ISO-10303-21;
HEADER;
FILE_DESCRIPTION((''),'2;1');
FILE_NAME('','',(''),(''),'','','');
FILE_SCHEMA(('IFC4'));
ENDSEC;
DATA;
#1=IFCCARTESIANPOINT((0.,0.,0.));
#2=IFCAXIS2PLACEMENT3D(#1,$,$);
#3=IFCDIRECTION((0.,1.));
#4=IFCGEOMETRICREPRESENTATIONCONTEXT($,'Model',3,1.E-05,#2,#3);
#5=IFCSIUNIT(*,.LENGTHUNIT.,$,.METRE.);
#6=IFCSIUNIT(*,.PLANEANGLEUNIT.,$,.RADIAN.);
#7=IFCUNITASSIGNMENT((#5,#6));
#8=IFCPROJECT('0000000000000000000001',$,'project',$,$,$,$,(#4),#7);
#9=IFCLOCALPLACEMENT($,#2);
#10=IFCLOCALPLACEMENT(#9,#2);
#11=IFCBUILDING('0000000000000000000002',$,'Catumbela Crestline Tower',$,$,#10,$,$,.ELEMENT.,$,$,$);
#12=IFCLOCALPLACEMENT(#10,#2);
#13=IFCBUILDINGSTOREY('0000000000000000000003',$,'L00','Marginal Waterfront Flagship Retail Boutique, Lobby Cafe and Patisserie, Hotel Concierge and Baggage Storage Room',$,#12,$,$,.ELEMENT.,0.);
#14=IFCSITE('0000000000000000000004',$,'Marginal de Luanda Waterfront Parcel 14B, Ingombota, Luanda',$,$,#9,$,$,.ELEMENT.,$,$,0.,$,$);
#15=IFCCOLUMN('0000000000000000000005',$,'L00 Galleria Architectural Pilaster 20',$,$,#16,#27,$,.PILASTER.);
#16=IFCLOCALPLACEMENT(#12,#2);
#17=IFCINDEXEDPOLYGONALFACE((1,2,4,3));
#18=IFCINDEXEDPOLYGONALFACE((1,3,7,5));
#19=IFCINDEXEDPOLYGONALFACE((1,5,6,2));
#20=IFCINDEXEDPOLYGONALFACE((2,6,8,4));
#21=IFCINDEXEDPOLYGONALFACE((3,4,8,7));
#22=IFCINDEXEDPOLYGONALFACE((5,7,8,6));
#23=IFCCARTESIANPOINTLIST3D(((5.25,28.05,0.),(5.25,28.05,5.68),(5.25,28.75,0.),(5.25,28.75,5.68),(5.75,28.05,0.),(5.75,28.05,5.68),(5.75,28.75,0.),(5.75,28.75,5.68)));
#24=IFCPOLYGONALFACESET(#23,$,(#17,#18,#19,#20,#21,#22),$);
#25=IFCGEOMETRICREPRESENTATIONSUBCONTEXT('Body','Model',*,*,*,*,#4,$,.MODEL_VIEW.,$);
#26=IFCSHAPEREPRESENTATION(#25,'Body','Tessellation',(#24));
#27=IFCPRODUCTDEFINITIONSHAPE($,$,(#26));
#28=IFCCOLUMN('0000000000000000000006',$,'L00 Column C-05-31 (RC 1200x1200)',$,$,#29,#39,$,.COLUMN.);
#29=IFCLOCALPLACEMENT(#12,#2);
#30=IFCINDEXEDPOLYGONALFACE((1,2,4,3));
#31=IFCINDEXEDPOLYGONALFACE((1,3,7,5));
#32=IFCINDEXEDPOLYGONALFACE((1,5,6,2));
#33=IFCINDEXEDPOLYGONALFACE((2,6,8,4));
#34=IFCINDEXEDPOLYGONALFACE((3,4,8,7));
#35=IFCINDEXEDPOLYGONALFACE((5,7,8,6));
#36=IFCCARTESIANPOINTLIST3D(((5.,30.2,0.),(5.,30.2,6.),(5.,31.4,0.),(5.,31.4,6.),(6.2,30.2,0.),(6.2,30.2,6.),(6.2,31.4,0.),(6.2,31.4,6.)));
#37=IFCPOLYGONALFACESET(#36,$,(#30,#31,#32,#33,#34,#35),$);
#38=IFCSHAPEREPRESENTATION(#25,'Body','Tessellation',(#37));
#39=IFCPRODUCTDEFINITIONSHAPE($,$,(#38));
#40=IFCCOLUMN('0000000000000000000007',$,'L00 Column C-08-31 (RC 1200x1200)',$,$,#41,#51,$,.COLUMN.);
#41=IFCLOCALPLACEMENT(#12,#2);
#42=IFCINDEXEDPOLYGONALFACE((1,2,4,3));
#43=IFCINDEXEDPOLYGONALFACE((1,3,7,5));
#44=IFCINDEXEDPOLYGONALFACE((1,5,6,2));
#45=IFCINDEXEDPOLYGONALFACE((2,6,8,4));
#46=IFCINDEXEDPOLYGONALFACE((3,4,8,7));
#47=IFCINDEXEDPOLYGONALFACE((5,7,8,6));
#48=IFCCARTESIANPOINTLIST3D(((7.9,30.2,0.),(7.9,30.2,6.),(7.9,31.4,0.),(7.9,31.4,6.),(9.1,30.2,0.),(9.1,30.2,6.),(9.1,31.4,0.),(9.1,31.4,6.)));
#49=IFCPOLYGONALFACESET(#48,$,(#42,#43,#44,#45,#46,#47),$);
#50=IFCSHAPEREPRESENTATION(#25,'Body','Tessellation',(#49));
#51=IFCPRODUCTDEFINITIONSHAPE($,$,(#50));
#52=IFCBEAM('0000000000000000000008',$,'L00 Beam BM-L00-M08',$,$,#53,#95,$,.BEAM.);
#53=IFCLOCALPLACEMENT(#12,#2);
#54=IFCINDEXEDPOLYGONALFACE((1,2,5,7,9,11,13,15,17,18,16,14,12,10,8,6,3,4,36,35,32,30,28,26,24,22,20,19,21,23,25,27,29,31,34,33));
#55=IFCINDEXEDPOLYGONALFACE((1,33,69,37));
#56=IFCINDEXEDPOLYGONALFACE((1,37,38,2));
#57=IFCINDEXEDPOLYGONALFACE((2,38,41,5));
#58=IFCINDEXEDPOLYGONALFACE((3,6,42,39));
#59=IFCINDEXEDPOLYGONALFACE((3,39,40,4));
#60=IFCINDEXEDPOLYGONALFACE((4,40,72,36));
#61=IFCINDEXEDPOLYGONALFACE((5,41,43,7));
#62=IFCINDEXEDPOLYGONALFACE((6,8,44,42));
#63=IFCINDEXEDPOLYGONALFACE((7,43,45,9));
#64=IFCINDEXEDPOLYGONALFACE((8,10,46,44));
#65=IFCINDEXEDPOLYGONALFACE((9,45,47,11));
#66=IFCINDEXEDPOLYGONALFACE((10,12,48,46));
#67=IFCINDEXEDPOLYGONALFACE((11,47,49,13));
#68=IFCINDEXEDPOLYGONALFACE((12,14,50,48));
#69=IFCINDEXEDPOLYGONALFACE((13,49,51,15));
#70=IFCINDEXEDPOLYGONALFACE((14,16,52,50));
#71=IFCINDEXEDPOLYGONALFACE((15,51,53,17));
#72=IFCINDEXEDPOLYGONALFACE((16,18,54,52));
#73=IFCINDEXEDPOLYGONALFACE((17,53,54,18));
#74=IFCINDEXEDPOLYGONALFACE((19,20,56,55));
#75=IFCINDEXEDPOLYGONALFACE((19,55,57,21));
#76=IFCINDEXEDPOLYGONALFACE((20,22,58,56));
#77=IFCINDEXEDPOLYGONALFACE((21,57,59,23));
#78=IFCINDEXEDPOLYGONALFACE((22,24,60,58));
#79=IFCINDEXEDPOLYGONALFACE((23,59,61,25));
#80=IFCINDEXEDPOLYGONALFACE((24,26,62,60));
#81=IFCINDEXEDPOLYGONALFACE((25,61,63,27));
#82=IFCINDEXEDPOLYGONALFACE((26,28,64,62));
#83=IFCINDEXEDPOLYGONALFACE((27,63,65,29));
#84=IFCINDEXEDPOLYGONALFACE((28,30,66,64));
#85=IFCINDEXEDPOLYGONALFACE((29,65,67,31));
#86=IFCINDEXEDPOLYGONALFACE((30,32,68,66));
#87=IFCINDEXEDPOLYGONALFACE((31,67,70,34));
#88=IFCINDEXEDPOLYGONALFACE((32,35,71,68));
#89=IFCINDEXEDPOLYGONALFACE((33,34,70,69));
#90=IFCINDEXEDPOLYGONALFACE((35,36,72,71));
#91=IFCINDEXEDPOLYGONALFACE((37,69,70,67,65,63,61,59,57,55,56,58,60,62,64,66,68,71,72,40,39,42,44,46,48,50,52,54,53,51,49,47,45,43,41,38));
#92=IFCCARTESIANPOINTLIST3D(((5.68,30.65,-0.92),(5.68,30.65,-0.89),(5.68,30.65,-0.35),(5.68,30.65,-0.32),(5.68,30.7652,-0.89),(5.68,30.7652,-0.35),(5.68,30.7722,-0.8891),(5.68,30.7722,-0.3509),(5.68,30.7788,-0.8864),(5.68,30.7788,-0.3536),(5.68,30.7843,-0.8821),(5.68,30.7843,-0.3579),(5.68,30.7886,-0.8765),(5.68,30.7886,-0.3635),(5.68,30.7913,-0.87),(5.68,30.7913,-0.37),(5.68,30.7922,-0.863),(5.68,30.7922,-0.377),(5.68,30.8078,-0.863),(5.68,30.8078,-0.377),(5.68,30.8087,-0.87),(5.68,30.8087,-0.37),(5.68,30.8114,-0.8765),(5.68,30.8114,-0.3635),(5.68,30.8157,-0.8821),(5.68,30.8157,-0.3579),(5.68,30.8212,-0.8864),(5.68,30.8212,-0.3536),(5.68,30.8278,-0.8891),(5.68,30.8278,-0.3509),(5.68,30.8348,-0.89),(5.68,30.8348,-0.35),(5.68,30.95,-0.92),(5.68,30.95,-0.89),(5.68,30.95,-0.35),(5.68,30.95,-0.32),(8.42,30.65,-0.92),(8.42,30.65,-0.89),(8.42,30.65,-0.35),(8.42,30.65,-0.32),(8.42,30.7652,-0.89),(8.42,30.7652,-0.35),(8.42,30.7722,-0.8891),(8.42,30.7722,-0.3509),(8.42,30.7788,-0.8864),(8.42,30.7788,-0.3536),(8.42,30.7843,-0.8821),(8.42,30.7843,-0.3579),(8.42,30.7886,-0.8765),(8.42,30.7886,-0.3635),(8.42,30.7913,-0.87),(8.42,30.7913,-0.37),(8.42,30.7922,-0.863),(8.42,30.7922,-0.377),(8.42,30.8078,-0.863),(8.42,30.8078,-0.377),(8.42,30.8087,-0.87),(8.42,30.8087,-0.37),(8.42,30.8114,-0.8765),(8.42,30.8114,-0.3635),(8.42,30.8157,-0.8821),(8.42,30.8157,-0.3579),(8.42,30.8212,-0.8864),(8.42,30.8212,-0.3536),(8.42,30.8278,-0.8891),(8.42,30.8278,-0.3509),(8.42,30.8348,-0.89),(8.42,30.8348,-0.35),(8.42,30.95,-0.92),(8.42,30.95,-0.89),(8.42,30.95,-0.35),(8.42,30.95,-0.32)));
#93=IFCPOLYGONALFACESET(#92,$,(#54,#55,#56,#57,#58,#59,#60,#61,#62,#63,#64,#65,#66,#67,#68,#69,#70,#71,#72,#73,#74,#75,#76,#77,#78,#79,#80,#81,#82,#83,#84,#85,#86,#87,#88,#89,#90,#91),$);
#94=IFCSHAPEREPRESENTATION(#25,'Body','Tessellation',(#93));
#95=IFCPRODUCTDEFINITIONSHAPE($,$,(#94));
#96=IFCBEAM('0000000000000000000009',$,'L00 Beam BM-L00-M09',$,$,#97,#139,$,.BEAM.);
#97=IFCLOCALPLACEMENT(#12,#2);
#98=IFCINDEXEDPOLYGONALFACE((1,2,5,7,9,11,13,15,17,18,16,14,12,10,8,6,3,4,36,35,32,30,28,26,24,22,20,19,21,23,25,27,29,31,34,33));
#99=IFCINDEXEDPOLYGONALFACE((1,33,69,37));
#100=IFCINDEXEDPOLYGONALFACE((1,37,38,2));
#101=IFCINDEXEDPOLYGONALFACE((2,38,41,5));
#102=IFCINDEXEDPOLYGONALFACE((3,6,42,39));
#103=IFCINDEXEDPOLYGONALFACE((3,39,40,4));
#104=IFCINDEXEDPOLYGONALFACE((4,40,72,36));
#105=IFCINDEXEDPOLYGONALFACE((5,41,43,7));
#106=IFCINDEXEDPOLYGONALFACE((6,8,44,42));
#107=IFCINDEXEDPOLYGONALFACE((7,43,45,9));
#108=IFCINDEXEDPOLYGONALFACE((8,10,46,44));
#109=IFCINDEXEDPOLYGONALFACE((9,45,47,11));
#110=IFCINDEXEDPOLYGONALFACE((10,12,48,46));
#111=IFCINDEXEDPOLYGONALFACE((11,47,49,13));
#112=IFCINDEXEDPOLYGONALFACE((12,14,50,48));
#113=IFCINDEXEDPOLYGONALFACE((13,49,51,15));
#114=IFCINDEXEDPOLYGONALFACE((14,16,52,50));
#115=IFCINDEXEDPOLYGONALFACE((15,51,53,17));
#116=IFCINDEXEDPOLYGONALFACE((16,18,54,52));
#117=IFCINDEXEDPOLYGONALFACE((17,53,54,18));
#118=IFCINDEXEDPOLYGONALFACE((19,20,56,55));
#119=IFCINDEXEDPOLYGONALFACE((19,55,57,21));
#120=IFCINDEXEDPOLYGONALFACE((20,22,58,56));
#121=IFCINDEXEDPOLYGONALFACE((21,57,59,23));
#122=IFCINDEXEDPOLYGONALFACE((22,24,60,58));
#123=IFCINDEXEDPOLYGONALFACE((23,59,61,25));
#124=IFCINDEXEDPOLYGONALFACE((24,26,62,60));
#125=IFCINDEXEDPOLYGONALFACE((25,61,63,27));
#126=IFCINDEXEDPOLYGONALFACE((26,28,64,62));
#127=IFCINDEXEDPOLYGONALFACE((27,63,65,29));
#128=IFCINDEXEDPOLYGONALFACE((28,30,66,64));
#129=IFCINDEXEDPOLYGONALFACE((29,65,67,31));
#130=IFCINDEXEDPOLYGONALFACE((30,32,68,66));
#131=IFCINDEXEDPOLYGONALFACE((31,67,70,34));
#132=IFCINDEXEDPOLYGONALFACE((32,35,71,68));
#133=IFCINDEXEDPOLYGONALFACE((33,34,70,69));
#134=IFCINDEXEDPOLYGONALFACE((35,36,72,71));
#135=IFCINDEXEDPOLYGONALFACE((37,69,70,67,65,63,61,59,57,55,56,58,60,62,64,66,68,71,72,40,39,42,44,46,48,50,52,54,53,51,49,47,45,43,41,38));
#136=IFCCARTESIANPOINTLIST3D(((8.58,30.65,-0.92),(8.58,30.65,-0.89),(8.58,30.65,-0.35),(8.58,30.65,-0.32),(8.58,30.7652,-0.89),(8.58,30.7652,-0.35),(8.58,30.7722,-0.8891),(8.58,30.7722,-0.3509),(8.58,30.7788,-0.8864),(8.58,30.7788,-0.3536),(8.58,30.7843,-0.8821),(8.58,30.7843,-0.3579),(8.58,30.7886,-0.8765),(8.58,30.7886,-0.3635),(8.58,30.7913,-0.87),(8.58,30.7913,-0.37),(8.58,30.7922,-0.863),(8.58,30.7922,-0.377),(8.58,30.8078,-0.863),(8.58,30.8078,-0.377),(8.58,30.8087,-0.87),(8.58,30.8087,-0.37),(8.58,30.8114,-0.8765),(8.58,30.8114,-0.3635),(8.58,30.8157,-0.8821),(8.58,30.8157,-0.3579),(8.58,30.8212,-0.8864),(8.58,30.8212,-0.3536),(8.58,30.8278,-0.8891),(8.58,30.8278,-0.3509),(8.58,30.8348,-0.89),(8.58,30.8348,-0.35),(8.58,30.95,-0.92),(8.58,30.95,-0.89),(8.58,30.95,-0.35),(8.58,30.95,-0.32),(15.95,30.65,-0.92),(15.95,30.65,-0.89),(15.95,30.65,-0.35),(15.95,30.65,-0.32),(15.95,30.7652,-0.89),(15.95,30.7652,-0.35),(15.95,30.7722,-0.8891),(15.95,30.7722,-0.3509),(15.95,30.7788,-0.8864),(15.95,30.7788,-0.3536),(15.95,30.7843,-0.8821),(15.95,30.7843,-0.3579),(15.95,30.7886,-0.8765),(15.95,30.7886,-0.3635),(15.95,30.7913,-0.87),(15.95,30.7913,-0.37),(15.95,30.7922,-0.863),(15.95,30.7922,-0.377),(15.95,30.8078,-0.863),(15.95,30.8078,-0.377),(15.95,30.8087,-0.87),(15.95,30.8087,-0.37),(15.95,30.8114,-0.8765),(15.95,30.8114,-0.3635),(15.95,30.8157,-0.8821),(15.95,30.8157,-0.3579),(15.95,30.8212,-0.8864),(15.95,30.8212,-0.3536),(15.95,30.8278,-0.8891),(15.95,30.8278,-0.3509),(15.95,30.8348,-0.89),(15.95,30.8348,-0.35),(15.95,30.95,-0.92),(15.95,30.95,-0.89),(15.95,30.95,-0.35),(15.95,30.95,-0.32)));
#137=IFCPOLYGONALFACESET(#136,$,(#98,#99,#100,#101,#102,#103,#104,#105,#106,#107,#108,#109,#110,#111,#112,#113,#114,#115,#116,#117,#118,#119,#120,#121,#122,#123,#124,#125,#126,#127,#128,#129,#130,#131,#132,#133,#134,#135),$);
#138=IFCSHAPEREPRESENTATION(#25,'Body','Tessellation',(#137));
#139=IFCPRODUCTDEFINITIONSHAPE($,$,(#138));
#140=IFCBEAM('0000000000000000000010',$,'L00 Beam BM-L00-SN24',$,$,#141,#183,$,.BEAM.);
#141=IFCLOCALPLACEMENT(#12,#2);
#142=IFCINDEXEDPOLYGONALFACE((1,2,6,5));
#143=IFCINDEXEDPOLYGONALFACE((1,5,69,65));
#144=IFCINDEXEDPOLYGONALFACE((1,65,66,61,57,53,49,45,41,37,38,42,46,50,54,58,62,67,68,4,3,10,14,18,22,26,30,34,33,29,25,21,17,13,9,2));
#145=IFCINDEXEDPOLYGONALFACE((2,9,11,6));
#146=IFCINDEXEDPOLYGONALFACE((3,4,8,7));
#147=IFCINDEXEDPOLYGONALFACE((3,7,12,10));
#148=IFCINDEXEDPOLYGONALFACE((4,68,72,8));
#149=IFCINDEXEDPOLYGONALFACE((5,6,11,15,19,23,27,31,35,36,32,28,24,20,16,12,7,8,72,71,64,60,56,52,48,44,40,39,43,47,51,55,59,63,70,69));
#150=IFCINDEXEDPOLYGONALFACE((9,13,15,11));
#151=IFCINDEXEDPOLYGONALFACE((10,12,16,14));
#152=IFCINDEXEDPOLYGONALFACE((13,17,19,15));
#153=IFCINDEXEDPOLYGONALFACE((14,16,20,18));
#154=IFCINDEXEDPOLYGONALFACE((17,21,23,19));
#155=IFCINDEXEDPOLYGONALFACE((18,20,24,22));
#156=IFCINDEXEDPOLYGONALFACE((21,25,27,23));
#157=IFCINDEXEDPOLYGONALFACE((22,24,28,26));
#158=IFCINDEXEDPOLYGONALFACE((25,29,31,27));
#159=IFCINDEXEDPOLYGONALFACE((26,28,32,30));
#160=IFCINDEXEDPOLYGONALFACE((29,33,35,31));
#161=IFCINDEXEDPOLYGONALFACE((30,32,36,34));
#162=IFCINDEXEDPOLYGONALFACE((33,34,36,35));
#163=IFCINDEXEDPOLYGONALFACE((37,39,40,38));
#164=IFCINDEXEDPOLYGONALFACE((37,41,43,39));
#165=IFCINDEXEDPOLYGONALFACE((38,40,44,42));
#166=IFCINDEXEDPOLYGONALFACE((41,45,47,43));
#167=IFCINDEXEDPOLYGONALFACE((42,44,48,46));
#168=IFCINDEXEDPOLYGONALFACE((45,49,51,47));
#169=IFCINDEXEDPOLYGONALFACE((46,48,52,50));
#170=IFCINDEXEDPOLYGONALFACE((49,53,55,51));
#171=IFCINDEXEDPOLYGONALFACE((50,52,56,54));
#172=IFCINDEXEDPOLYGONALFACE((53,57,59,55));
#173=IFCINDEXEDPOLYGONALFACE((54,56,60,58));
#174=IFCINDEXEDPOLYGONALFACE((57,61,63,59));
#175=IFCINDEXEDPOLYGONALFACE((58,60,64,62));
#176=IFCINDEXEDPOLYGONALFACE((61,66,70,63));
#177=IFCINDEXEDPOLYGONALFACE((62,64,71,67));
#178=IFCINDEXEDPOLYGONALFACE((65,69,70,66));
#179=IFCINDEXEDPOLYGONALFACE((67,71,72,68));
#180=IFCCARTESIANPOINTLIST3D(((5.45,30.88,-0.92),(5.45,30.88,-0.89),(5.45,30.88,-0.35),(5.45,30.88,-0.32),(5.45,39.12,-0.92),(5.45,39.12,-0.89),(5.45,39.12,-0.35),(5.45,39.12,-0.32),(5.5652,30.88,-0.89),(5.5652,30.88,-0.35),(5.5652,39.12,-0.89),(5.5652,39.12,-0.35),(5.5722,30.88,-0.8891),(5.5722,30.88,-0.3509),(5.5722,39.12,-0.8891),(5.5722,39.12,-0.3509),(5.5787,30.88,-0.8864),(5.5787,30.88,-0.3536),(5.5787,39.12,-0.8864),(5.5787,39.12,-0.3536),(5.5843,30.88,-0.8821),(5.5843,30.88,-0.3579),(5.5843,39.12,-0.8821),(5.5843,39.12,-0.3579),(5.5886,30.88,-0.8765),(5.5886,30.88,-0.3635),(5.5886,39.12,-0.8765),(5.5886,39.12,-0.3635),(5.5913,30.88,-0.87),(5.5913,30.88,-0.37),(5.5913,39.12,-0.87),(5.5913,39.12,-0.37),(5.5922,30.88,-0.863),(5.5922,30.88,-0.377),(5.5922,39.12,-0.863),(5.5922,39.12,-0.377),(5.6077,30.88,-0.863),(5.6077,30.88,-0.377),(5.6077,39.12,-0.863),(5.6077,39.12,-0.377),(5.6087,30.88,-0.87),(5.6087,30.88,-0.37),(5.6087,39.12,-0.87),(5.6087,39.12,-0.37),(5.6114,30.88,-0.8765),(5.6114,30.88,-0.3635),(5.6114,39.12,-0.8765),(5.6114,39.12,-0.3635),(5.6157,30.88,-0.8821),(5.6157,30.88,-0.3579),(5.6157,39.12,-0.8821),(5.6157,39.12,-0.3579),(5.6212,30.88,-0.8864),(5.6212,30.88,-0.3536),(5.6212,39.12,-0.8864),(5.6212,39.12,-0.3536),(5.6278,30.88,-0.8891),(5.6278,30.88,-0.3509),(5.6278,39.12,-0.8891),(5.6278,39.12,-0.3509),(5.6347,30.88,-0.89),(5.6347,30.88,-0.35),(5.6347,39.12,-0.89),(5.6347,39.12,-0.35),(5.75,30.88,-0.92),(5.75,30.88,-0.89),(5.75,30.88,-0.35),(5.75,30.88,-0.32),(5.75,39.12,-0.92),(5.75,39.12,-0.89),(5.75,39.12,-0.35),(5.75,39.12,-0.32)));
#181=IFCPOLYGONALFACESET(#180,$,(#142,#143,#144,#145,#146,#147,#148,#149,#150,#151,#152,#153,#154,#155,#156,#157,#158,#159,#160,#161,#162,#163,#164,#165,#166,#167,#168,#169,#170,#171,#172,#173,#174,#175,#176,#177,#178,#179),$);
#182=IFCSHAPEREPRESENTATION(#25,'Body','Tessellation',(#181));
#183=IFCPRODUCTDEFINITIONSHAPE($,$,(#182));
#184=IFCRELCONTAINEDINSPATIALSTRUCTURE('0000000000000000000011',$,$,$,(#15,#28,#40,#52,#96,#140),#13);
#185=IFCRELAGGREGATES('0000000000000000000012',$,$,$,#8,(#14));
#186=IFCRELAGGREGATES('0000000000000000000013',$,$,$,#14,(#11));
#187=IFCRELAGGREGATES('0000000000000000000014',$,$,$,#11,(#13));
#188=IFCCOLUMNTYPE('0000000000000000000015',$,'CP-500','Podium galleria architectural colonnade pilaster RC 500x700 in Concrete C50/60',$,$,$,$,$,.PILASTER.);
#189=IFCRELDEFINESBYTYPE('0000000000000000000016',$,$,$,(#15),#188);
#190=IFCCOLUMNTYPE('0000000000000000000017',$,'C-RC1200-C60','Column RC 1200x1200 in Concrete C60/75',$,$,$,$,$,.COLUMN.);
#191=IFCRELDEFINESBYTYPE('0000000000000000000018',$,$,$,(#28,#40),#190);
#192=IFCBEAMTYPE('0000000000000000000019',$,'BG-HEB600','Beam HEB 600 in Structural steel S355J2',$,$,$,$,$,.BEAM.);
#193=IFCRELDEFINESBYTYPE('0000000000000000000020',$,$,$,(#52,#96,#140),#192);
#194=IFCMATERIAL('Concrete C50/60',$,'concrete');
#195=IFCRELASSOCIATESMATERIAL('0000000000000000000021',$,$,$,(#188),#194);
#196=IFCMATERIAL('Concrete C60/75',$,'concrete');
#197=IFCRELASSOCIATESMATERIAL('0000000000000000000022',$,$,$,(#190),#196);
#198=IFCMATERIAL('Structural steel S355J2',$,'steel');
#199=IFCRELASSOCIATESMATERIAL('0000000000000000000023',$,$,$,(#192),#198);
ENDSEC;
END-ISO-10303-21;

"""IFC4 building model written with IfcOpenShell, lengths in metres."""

from ifc_helpers import new_model, si_unit, direction, frame, origin, origin_2d, place, context, subcontext, project, spatial, rectangle, i_section, extrude, material, material_profile, profile_set, type_object, element, save


model = new_model("IFC4")

# Units and contexts
model_context = context("Model", 3, precision=1e-05, world=origin(), true_north=direction((0.0, 1.0)))
body_context = subcontext(model_context, "Body", "Model", "MODEL_VIEW")
ifc_project = project(units=[si_unit("LENGTHUNIT", "METRE"), si_unit("PLANEANGLEUNIT", "RADIAN")], contexts=[model_context])

# Site, building, storey
site_placement = place(None, origin())
site = spatial("IfcSite", under=ifc_project, at=site_placement, Name="Marginal de Luanda Waterfront Parcel 14B, Ingombota, Luanda", CompositionType="ELEMENT", RefElevation=0.0)
building_placement = place(site_placement, origin())
building = spatial("IfcBuilding", under=site, at=building_placement, Name="Catumbela Crestline Tower", CompositionType="ELEMENT")
storey_placement = place(building_placement, origin())
storey = spatial("IfcBuildingStorey", under=building, at=storey_placement, Name="L00", Description="Marginal Waterfront Flagship Retail Boutique, Lobby Cafe and Patisserie, Hotel Concierge and Baggage Storage Room", CompositionType="ELEMENT", Elevation=0.0)

# Columns
ifc_material_1 = material(Name="Concrete C50/60", Category="concrete")
ifc_material_profile_1 = material_profile(ifc_material_1, rectangle(XDim=0.5, YDim=0.7, at=origin_2d()), Name="RC 500x700")
ifc_profile_set_1 = profile_set([ifc_material_profile_1], Name="Concrete C50/60")
column_type_1 = type_object("IfcColumnType", Name="CP-500", Description="Podium galleria architectural colonnade pilaster RC 500x700 in Concrete C50/60", PredefinedType="PILASTER", material=ifc_profile_set_1)
column_placement = place(storey_placement, frame((5.5, 28.4, 0.0), z_axis=(0.0, 0.0, 1.0), x_axis=(1.0, 0.0, 0.0)))
element("IfcColumn", 1, at=column_placement, inside=storey, type_object=column_type_1, Name="L00 Galleria Architectural Pilaster 20", PredefinedType="PILASTER", context=body_context, shape_type="SweptSolid", body=[
    extrude(rectangle(XDim=0.5, YDim=0.7, at=origin_2d()), origin(), (0.0, 0.0, 1.0), 5.68),
])
ifc_material_2 = material(Name="Concrete C60/75", Category="concrete")
ifc_material_profile_2 = material_profile(ifc_material_2, rectangle(XDim=1.2, YDim=1.2, at=origin_2d()), Name="RC 1200x1200")
ifc_profile_set_2 = profile_set([ifc_material_profile_2], Name="Concrete C60/75")
column_type_2 = type_object("IfcColumnType", Name="C-RC1200-C60", Description="Column RC 1200x1200 in Concrete C60/75", PredefinedType="COLUMN", material=ifc_profile_set_2)
for number, where, z_axis, x_axis, name in (
    (2, (5.6, 30.8, 0.0), (0.0, 0.0, 1.0), (1.0, 0.0, 0.0), "L00 Column C-05-31 (RC 1200x1200)"),
    (3, (8.5, 30.8, 0.0), (0.0, 0.0, 1.0), (1.0, 0.0, 0.0), "L00 Column C-08-31 (RC 1200x1200)"),
):
    element("IfcColumn", number, at=place(storey_placement, frame(where, z_axis=z_axis, x_axis=x_axis)), inside=storey, type_object=column_type_2, Name=name, PredefinedType="COLUMN", context=body_context, shape_type="SweptSolid", body=[
        extrude(rectangle(XDim=1.2, YDim=1.2, at=origin_2d()), origin(), (0.0, 0.0, 1.0), 6.0),
    ])

# Beams
ifc_material_3 = material(Name="Structural steel S355J2", Category="steel")
ifc_material_profile_3 = material_profile(ifc_material_3, i_section(OverallWidth=0.3, OverallDepth=0.6, WebThickness=0.0155, FlangeThickness=0.03, FilletRadius=0.027, at=origin_2d()), Name="HEB 600")
ifc_profile_set_3 = profile_set([ifc_material_profile_3], Name="Structural steel S355J2")
beam_type = type_object("IfcBeamType", Name="BG-HEB600", Description="Beam HEB 600 in Structural steel S355J2", PredefinedType="BEAM", material=ifc_profile_set_3)
beam_1_placement = place(storey_placement, frame((5.68, 30.8, -0.62), z_axis=(1.0, 0.0, 0.0), x_axis=(0.0, 1.0, 0.0)))
element("IfcBeam", 4, at=beam_1_placement, inside=storey, type_object=beam_type, Name="L00 Beam BM-L00-M08", PredefinedType="BEAM", context=body_context, shape_type="SweptSolid", body=[
    extrude(i_section(OverallWidth=0.3, OverallDepth=0.6, WebThickness=0.0155, FlangeThickness=0.03, FilletRadius=0.027, at=origin_2d()), origin(), (0.0, 0.0, 1.0), 2.74),
])
beam_2_placement = place(storey_placement, frame((8.58, 30.8, -0.62), z_axis=(1.0, 0.0, 0.0), x_axis=(0.0, 1.0, 0.0)))
element("IfcBeam", 5, at=beam_2_placement, inside=storey, type_object=beam_type, Name="L00 Beam BM-L00-M09", PredefinedType="BEAM", context=body_context, shape_type="SweptSolid", body=[
    extrude(i_section(OverallWidth=0.3, OverallDepth=0.6, WebThickness=0.0155, FlangeThickness=0.03, FilletRadius=0.027, at=origin_2d()), origin(), (0.0, 0.0, 1.0), 7.37),
])
beam_3_placement = place(storey_placement, frame((5.6, 30.88, -0.62), z_axis=(0.0, 1.0, 0.0), x_axis=(-1.0, 0.0, 0.0)))
element("IfcBeam", 6, at=beam_3_placement, inside=storey, type_object=beam_type, Name="L00 Beam BM-L00-SN24", PredefinedType="BEAM", context=body_context, shape_type="SweptSolid", body=[
    extrude(i_section(OverallWidth=0.3, OverallDepth=0.6, WebThickness=0.0155, FlangeThickness=0.03, FilletRadius=0.027, at=origin_2d()), origin(), (0.0, 0.0, 1.0), 8.24),
])

save(model, "model.ifc")
